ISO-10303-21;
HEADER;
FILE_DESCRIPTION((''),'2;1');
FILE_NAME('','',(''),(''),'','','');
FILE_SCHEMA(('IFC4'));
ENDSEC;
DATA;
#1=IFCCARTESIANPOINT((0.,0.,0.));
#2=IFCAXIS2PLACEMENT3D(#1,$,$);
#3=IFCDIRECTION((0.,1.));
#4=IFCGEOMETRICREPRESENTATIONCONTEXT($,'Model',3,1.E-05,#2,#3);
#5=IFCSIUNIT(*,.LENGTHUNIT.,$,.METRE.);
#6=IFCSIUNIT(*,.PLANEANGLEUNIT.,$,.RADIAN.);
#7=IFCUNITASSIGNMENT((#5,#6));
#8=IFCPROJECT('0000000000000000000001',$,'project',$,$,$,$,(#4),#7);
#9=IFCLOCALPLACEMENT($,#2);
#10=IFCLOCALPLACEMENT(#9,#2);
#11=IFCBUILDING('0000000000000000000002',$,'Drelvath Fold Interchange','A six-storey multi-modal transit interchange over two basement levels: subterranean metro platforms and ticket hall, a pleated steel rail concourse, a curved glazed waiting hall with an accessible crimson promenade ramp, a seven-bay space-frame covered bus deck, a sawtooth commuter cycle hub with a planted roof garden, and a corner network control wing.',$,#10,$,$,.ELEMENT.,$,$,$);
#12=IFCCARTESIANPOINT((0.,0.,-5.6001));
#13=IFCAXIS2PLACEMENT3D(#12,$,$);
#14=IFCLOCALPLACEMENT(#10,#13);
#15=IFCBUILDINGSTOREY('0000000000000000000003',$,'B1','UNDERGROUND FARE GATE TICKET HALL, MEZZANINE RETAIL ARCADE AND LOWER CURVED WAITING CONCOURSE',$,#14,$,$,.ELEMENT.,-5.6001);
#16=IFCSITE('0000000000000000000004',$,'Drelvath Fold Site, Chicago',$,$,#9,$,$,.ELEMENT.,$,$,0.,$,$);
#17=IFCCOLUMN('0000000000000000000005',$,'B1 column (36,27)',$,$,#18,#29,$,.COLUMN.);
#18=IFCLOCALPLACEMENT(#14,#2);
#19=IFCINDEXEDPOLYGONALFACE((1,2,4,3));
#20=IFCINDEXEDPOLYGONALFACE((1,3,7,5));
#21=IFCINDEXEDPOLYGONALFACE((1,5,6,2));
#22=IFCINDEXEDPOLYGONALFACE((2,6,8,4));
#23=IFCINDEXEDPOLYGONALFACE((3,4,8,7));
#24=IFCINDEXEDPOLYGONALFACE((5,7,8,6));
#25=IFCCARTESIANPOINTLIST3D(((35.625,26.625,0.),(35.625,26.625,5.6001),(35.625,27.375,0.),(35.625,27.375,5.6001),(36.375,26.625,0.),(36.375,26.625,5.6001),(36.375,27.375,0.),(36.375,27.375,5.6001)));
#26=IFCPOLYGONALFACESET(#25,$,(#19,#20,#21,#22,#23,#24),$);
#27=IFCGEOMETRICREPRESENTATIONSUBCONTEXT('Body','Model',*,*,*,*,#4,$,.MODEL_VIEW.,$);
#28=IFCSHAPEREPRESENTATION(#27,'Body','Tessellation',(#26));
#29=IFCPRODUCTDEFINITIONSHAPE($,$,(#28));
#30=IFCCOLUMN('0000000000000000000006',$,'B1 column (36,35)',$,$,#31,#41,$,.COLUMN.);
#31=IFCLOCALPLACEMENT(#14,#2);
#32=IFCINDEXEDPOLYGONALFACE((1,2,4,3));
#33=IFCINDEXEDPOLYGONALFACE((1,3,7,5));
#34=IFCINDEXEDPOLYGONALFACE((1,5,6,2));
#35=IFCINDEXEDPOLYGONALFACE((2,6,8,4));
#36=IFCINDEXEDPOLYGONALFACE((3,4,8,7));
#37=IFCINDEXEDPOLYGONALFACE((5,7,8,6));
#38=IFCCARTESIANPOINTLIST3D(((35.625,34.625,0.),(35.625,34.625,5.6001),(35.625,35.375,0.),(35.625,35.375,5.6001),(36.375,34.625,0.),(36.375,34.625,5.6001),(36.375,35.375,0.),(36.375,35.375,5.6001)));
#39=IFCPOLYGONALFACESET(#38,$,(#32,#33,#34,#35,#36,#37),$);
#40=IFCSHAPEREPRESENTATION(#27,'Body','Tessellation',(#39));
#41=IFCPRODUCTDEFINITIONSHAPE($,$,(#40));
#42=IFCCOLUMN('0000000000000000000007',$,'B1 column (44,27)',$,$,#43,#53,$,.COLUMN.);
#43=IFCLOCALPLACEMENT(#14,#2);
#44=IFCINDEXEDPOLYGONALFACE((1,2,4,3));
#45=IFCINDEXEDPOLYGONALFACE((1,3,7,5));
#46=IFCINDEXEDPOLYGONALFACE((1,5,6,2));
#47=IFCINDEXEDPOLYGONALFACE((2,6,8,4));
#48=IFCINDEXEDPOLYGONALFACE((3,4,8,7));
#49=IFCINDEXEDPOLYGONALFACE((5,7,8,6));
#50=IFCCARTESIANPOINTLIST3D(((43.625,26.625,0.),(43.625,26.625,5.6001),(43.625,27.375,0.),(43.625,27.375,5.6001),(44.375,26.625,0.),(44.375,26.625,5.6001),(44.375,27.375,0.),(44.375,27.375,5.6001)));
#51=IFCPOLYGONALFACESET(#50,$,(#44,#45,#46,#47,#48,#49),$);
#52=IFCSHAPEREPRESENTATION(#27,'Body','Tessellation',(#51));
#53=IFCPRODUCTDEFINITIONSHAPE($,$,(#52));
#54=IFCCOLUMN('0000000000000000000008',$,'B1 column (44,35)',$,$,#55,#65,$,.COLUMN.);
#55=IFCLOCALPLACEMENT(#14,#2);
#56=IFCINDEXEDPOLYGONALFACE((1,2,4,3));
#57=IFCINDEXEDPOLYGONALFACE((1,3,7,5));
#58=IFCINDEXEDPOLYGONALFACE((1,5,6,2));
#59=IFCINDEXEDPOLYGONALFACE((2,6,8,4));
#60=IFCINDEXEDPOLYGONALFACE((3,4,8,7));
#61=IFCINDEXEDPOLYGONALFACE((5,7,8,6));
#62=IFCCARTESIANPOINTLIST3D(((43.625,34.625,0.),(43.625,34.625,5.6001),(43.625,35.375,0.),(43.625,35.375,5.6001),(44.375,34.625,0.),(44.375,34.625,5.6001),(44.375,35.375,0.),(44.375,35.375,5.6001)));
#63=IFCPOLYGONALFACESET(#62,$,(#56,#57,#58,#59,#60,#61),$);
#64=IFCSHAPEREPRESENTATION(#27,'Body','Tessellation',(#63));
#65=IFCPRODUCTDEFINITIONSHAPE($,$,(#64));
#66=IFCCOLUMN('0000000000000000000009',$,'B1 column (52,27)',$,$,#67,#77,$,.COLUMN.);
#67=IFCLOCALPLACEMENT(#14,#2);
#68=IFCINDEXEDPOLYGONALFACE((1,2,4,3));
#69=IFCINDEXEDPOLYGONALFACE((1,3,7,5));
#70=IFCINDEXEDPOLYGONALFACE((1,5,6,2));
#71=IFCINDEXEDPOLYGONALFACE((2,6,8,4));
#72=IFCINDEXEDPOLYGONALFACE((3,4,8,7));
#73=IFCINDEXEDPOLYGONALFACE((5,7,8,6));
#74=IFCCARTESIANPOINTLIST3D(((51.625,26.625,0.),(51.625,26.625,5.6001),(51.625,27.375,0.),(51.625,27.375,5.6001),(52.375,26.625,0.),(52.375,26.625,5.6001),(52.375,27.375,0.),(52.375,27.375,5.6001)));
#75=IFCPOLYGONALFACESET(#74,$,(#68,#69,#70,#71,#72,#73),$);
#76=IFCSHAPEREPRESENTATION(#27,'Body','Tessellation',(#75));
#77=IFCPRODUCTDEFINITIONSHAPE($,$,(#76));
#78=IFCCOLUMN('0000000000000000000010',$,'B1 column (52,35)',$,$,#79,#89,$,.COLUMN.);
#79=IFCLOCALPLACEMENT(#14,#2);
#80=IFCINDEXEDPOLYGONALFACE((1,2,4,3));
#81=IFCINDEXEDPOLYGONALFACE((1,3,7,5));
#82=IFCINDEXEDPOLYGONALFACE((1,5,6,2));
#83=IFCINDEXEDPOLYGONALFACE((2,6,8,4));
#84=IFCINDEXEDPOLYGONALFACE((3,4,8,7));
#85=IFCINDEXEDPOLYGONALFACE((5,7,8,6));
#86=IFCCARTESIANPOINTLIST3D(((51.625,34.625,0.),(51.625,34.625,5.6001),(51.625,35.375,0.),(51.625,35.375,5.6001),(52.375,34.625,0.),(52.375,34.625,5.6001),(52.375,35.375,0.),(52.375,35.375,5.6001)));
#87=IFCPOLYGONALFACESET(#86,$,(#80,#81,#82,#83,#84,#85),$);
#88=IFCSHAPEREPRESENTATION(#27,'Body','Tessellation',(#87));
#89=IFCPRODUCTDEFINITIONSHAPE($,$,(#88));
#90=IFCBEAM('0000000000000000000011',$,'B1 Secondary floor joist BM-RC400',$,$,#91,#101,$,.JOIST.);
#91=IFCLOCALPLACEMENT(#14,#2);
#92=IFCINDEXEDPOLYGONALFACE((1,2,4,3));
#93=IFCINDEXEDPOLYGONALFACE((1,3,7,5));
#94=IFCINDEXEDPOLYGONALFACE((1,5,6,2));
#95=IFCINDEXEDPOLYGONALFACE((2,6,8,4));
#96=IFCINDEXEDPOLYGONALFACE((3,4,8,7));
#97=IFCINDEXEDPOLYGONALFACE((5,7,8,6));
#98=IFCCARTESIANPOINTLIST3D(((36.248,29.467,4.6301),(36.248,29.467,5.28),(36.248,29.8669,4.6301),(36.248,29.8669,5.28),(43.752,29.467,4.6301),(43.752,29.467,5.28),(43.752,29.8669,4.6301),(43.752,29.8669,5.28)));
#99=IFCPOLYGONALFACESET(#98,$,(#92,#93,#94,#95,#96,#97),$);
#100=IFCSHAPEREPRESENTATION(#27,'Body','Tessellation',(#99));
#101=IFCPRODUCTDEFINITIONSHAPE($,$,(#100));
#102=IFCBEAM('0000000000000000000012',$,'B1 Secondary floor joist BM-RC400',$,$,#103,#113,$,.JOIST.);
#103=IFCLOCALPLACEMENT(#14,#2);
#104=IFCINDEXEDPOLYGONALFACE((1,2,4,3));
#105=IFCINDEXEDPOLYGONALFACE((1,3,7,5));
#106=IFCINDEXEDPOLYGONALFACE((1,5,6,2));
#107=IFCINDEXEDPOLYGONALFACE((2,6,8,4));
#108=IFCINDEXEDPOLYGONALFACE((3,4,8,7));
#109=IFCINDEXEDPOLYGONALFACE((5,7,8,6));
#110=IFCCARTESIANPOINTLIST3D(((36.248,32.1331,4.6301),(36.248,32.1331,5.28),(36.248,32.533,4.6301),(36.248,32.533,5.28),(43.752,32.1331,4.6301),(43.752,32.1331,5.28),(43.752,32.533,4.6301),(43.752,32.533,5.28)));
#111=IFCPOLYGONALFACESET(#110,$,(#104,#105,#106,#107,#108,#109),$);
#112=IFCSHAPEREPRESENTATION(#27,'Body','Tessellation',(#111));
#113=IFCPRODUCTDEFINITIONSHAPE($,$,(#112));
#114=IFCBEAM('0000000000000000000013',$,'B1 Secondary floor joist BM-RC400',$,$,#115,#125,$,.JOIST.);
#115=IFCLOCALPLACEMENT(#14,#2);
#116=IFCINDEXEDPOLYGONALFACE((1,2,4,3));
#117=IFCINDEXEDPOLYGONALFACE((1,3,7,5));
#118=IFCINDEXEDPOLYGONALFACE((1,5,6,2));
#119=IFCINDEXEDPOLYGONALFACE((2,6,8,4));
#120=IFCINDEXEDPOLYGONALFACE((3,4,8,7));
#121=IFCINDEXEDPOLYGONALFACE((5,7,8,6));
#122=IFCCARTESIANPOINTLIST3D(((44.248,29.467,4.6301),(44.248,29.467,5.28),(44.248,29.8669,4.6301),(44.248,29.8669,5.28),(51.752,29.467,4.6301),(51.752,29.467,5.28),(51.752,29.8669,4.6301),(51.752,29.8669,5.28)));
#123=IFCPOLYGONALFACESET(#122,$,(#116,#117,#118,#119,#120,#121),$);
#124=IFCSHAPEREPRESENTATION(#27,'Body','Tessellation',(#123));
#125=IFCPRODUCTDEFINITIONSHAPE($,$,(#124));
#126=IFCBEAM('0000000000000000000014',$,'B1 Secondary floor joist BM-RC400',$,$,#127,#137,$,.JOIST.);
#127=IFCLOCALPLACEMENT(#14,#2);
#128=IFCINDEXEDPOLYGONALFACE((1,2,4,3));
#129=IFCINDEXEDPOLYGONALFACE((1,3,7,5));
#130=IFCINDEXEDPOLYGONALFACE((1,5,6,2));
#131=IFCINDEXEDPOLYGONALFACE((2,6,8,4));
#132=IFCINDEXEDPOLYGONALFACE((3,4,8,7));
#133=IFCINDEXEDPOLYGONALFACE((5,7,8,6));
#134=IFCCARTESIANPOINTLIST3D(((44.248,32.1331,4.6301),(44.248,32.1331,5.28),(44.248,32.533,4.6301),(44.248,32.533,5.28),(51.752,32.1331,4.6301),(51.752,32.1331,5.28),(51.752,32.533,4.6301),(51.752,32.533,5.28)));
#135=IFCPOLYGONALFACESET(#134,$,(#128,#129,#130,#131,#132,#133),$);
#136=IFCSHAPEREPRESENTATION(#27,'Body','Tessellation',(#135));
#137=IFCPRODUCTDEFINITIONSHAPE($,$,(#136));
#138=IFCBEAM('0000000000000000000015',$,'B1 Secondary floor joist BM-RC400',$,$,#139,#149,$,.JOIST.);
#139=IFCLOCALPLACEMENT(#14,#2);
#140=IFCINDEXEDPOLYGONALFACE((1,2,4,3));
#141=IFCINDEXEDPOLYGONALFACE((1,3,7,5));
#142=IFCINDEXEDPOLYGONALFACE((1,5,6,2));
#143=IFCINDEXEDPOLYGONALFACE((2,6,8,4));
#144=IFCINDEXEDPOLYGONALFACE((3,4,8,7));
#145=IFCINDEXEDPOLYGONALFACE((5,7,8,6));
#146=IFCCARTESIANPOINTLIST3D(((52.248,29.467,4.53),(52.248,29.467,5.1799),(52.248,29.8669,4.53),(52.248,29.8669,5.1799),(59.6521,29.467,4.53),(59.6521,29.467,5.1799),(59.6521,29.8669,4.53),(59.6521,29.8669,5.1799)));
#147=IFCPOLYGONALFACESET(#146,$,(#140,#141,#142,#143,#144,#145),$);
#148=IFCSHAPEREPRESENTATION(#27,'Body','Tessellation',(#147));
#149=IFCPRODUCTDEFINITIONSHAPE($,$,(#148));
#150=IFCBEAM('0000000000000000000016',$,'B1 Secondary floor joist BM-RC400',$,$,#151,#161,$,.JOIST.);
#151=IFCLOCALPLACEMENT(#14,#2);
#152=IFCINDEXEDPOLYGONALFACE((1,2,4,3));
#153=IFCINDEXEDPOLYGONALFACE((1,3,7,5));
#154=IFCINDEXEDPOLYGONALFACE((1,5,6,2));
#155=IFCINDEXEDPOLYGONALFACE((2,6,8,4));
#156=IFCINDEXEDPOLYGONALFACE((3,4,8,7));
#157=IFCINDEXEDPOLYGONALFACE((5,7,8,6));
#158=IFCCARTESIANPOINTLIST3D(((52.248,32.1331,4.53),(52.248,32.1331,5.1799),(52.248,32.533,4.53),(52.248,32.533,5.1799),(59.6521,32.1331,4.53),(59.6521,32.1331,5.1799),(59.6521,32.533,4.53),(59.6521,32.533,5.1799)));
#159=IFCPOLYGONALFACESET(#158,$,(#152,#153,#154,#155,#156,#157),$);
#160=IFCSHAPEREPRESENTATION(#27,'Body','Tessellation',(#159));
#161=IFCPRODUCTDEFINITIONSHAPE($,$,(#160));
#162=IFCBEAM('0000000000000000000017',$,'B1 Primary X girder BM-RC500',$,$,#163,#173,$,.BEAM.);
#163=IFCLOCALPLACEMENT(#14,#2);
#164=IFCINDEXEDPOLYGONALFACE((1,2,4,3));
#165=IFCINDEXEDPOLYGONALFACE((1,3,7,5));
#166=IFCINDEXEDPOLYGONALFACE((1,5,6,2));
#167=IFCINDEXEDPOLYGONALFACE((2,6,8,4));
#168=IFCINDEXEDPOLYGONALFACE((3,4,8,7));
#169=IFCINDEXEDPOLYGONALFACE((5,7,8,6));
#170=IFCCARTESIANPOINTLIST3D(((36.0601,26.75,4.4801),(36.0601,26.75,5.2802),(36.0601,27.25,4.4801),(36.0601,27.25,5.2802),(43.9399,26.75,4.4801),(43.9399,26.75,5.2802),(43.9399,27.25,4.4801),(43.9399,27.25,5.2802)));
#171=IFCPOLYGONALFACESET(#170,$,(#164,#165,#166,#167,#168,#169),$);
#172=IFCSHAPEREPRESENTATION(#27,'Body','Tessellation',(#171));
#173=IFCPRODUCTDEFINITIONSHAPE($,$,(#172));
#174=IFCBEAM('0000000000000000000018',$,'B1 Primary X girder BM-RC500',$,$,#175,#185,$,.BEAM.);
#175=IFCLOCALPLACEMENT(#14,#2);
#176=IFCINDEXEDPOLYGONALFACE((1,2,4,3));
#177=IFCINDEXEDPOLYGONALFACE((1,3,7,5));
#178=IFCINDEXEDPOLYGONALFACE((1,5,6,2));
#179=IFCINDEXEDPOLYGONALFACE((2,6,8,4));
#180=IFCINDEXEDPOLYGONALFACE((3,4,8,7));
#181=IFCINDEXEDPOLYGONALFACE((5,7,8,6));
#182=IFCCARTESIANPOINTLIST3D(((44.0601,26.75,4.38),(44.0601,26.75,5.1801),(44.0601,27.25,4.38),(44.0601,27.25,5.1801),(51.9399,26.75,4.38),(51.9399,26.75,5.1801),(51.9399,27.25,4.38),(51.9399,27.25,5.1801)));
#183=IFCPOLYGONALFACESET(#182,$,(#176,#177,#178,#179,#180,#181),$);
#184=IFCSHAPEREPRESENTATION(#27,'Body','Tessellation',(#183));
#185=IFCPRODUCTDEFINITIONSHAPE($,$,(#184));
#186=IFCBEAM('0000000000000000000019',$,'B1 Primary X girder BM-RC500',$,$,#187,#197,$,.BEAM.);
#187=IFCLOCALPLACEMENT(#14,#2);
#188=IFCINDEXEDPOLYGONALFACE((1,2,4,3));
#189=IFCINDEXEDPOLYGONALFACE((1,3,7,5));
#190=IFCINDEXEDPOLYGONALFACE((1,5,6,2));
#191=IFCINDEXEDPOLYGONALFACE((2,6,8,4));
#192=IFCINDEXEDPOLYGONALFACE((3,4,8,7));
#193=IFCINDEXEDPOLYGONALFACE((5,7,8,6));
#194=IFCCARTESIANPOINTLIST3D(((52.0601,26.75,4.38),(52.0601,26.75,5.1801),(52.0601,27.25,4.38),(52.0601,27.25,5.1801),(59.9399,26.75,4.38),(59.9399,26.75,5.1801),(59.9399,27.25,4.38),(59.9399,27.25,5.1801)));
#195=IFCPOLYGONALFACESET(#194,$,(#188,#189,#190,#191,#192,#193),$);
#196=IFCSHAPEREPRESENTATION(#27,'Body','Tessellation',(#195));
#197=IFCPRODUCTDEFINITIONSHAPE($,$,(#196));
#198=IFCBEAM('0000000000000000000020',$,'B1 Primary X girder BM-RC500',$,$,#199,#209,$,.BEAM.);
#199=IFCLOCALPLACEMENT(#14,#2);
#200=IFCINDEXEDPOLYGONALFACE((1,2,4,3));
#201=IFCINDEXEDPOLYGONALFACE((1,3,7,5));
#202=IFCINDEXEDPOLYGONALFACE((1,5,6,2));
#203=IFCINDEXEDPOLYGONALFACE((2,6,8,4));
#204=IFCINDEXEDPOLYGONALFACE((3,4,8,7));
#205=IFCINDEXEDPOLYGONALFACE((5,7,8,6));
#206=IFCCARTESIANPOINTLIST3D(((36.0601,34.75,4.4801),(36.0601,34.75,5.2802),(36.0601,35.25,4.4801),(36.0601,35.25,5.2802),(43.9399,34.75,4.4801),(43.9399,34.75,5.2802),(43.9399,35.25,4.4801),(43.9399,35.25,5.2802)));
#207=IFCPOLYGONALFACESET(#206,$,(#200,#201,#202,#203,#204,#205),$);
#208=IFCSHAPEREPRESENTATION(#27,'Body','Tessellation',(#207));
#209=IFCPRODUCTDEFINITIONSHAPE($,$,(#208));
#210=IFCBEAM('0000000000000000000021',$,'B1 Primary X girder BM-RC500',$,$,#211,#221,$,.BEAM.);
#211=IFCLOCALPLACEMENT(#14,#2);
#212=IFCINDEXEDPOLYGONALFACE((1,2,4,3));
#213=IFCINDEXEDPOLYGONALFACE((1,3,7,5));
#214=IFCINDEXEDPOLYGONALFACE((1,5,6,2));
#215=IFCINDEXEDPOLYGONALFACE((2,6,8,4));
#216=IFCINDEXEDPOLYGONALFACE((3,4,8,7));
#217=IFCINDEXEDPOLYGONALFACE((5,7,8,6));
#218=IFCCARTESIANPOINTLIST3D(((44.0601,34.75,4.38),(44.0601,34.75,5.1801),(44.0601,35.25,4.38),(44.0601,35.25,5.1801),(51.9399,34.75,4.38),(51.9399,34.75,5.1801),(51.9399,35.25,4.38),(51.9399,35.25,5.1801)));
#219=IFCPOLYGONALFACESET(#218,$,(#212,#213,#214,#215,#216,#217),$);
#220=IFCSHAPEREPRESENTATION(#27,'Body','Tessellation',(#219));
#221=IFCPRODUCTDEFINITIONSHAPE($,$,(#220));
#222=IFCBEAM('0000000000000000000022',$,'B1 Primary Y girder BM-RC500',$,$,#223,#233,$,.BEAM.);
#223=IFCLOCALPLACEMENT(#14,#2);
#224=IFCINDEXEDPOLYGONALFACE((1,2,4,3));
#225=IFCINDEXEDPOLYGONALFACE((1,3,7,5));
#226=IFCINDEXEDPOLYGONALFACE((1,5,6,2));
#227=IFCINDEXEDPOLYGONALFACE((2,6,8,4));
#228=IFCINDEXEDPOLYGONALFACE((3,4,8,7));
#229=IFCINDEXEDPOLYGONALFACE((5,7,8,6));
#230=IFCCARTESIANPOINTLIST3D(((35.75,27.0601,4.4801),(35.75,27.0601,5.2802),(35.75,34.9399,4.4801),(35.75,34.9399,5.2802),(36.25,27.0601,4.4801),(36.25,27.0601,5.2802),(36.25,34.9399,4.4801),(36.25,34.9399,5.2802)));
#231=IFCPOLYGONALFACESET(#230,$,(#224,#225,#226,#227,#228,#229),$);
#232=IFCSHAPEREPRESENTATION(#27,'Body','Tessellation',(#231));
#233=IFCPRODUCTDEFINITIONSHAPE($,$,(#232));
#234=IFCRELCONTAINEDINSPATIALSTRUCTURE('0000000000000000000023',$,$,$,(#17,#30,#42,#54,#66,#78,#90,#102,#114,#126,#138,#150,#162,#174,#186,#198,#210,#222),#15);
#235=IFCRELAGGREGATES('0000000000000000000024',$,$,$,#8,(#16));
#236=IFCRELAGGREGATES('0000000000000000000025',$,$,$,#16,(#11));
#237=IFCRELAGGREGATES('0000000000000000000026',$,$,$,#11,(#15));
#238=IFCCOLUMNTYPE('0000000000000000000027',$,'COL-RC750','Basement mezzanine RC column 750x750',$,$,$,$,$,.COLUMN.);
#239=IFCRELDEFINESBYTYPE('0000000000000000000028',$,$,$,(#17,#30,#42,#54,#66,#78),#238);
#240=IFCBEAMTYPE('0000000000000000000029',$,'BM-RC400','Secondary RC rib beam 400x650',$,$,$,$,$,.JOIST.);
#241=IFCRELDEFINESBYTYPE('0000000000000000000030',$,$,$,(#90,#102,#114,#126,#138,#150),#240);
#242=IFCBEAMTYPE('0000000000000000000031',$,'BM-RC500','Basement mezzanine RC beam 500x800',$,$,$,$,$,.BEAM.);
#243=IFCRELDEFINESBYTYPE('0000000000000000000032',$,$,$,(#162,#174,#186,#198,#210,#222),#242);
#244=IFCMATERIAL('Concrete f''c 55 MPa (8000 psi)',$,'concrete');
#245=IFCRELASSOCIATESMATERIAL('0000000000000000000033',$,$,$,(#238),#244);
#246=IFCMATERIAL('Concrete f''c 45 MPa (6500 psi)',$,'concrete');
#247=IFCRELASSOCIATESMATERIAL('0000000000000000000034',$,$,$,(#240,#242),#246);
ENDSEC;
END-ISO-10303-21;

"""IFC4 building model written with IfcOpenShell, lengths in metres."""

from ifc_helpers import new_model, si_unit, direction, frame, origin, origin_2d, place, context, subcontext, project, spatial, rectangle, extrude, material, material_profile, profile_set, type_object, element, save


model = new_model("IFC4")

# Units and contexts
model_context = context("Model", 3, precision=1e-05, world=origin(), true_north=direction((0.0, 1.0)))
body_context = subcontext(model_context, "Body", "Model", "MODEL_VIEW")
ifc_project = project(units=[si_unit("LENGTHUNIT", "METRE"), si_unit("PLANEANGLEUNIT", "RADIAN")], contexts=[model_context])

# Site, building, storey
site_placement = place(None, origin())
site = spatial("IfcSite", under=ifc_project, at=site_placement, Name="Drelvath Fold Site, Chicago", CompositionType="ELEMENT", RefElevation=0.0)
building_placement = place(site_placement, origin())
building = spatial("IfcBuilding", under=site, at=building_placement, Name="Drelvath Fold Interchange", Description="A six-storey multi-modal transit interchange over two basement levels: subterranean metro platforms and ticket hall, a pleated steel rail concourse, a curved glazed waiting hall with an accessible crimson promenade ramp, a seven-bay space-frame covered bus deck, a sawtooth commuter cycle hub with a planted roof garden, and a corner network control wing.", CompositionType="ELEMENT")
storey_placement = place(building_placement, frame((0.0, 0.0, -5.6001)))
storey = spatial("IfcBuildingStorey", under=building, at=storey_placement, Name="B1", Description="UNDERGROUND FARE GATE TICKET HALL, MEZZANINE RETAIL ARCADE AND LOWER CURVED WAITING CONCOURSE", CompositionType="ELEMENT", Elevation=-5.6001)

# Columns
ifc_material_1 = material(Name="Concrete f'c 55 MPa (8000 psi)", Category="concrete")
ifc_material_profile_1 = material_profile(ifc_material_1, rectangle(XDim=0.75, YDim=0.75, at=origin_2d()), Name="RC 750x750")
ifc_profile_set_1 = profile_set([ifc_material_profile_1], Name="Concrete f'c 55 MPa (8000 psi)")
column_type = type_object("IfcColumnType", Name="COL-RC750", Description="Basement mezzanine RC column 750x750", PredefinedType="COLUMN", material=ifc_profile_set_1)
for number, where, z_axis, x_axis, name in (
    (1, (36.0, 27.0, 0.0), (0.0, 0.0, 1.0), (1.0, 0.0, 0.0), "B1 column (36,27)"),
    (2, (36.0, 35.0, 0.0), (0.0, 0.0, 1.0), (1.0, 0.0, 0.0), "B1 column (36,35)"),
    (3, (44.0, 27.0, 0.0), (0.0, 0.0, 1.0), (1.0, 0.0, 0.0), "B1 column (44,27)"),
    (4, (44.0, 35.0, 0.0), (0.0, 0.0, 1.0), (1.0, 0.0, 0.0), "B1 column (44,35)"),
    (5, (52.0, 27.0, 0.0), (0.0, 0.0, 1.0), (1.0, 0.0, 0.0), "B1 column (52,27)"),
    (6, (52.0, 35.0, 0.0), (0.0, 0.0, 1.0), (1.0, 0.0, 0.0), "B1 column (52,35)"),
):
    element("IfcColumn", number, at=place(storey_placement, frame(where, z_axis=z_axis, x_axis=x_axis)), inside=storey, type_object=column_type, Name=name, PredefinedType="COLUMN", context=body_context, shape_type="SweptSolid", body=[
        extrude(rectangle(XDim=0.75, YDim=0.75, at=origin_2d()), origin(), (0.0, 0.0, 1.0), 5.6001),
    ])

# Beams
ifc_material_2 = material(Name="Concrete f'c 45 MPa (6500 psi)", Category="concrete")
ifc_material_profile_2 = material_profile(ifc_material_2, rectangle(XDim=0.3999, YDim=0.6499, at=origin_2d()), Name="RC 400x650")
ifc_profile_set_2 = profile_set([ifc_material_profile_2], Name="Concrete f'c 45 MPa (6500 psi)")
beam_type_1 = type_object("IfcBeamType", Name="BM-RC400", Description="Secondary RC rib beam 400x650", PredefinedType="JOIST", material=ifc_profile_set_2)
for number, where, z_axis, x_axis, name in (
    (7, (36.248, 29.667, 4.9551), (1.0, 0.0, 0.0), (0.0, 1.0, 0.0), "B1 Secondary floor joist BM-RC400"),
    (8, (36.248, 32.333, 4.9551), (1.0, 0.0, 0.0), (0.0, 1.0, 0.0), "B1 Secondary floor joist BM-RC400"),
    (9, (44.248, 29.667, 4.9551), (1.0, 0.0, 0.0), (0.0, 1.0, 0.0), "B1 Secondary floor joist BM-RC400"),
    (10, (44.248, 32.333, 4.9551), (1.0, 0.0, 0.0), (0.0, 1.0, 0.0), "B1 Secondary floor joist BM-RC400"),
):
    element("IfcBeam", number, at=place(storey_placement, frame(where, z_axis=z_axis, x_axis=x_axis)), inside=storey, type_object=beam_type_1, Name=name, PredefinedType="JOIST", context=body_context, shape_type="SweptSolid", body=[
        extrude(rectangle(XDim=0.3999, YDim=0.6499, at=origin_2d()), origin(), (0.0, 0.0, 1.0), 7.5039),
    ])
for number, where, z_axis, x_axis, name in (
    (11, (52.248, 29.667, 4.855), (1.0, 0.0, 0.0), (0.0, 1.0, 0.0), "B1 Secondary floor joist BM-RC400"),
    (12, (52.248, 32.333, 4.855), (1.0, 0.0, 0.0), (0.0, 1.0, 0.0), "B1 Secondary floor joist BM-RC400"),
):
    element("IfcBeam", number, at=place(storey_placement, frame(where, z_axis=z_axis, x_axis=x_axis)), inside=storey, type_object=beam_type_1, Name=name, PredefinedType="JOIST", context=body_context, shape_type="SweptSolid", body=[
        extrude(rectangle(XDim=0.3999, YDim=0.6499, at=origin_2d()), origin(), (0.0, 0.0, 1.0), 7.4041),
    ])
ifc_material_profile_3 = material_profile(ifc_material_2, rectangle(XDim=0.5, YDim=0.8, at=origin_2d()), Name="RC 500x800")
ifc_profile_set_3 = profile_set([ifc_material_profile_3], Name="Concrete f'c 45 MPa (6500 psi)")
beam_type_2 = type_object("IfcBeamType", Name="BM-RC500", Description="Basement mezzanine RC beam 500x800", PredefinedType="BEAM", material=ifc_profile_set_3)
for number, where, z_axis, x_axis, name in (
    (13, (36.0601, 27.0, 4.8801), (1.0, 0.0, 0.0), (0.0, 1.0, 0.0), "B1 Primary X girder BM-RC500"),
    (14, (44.0601, 27.0, 4.78), (1.0, 0.0, 0.0), (0.0, 1.0, 0.0), "B1 Primary X girder BM-RC500"),
    (15, (52.0601, 27.0, 4.78), (1.0, 0.0, 0.0), (0.0, 1.0, 0.0), "B1 Primary X girder BM-RC500"),
    (16, (36.0601, 35.0, 4.8801), (1.0, 0.0, 0.0), (0.0, 1.0, 0.0), "B1 Primary X girder BM-RC500"),
    (17, (44.0601, 35.0, 4.78), (1.0, 0.0, 0.0), (0.0, 1.0, 0.0), "B1 Primary X girder BM-RC500"),
    (18, (36.0, 27.0601, 4.8801), (0.0, 1.0, 0.0), (-1.0, 0.0, 0.0), "B1 Primary Y girder BM-RC500"),
):
    element("IfcBeam", number, at=place(storey_placement, frame(where, z_axis=z_axis, x_axis=x_axis)), inside=storey, type_object=beam_type_2, Name=name, PredefinedType="BEAM", context=body_context, shape_type="SweptSolid", body=[
        extrude(rectangle(XDim=0.5, YDim=0.8, at=origin_2d()), origin(), (0.0, 0.0, 1.0), 7.8799),
    ])

save(model, "model.ifc")
